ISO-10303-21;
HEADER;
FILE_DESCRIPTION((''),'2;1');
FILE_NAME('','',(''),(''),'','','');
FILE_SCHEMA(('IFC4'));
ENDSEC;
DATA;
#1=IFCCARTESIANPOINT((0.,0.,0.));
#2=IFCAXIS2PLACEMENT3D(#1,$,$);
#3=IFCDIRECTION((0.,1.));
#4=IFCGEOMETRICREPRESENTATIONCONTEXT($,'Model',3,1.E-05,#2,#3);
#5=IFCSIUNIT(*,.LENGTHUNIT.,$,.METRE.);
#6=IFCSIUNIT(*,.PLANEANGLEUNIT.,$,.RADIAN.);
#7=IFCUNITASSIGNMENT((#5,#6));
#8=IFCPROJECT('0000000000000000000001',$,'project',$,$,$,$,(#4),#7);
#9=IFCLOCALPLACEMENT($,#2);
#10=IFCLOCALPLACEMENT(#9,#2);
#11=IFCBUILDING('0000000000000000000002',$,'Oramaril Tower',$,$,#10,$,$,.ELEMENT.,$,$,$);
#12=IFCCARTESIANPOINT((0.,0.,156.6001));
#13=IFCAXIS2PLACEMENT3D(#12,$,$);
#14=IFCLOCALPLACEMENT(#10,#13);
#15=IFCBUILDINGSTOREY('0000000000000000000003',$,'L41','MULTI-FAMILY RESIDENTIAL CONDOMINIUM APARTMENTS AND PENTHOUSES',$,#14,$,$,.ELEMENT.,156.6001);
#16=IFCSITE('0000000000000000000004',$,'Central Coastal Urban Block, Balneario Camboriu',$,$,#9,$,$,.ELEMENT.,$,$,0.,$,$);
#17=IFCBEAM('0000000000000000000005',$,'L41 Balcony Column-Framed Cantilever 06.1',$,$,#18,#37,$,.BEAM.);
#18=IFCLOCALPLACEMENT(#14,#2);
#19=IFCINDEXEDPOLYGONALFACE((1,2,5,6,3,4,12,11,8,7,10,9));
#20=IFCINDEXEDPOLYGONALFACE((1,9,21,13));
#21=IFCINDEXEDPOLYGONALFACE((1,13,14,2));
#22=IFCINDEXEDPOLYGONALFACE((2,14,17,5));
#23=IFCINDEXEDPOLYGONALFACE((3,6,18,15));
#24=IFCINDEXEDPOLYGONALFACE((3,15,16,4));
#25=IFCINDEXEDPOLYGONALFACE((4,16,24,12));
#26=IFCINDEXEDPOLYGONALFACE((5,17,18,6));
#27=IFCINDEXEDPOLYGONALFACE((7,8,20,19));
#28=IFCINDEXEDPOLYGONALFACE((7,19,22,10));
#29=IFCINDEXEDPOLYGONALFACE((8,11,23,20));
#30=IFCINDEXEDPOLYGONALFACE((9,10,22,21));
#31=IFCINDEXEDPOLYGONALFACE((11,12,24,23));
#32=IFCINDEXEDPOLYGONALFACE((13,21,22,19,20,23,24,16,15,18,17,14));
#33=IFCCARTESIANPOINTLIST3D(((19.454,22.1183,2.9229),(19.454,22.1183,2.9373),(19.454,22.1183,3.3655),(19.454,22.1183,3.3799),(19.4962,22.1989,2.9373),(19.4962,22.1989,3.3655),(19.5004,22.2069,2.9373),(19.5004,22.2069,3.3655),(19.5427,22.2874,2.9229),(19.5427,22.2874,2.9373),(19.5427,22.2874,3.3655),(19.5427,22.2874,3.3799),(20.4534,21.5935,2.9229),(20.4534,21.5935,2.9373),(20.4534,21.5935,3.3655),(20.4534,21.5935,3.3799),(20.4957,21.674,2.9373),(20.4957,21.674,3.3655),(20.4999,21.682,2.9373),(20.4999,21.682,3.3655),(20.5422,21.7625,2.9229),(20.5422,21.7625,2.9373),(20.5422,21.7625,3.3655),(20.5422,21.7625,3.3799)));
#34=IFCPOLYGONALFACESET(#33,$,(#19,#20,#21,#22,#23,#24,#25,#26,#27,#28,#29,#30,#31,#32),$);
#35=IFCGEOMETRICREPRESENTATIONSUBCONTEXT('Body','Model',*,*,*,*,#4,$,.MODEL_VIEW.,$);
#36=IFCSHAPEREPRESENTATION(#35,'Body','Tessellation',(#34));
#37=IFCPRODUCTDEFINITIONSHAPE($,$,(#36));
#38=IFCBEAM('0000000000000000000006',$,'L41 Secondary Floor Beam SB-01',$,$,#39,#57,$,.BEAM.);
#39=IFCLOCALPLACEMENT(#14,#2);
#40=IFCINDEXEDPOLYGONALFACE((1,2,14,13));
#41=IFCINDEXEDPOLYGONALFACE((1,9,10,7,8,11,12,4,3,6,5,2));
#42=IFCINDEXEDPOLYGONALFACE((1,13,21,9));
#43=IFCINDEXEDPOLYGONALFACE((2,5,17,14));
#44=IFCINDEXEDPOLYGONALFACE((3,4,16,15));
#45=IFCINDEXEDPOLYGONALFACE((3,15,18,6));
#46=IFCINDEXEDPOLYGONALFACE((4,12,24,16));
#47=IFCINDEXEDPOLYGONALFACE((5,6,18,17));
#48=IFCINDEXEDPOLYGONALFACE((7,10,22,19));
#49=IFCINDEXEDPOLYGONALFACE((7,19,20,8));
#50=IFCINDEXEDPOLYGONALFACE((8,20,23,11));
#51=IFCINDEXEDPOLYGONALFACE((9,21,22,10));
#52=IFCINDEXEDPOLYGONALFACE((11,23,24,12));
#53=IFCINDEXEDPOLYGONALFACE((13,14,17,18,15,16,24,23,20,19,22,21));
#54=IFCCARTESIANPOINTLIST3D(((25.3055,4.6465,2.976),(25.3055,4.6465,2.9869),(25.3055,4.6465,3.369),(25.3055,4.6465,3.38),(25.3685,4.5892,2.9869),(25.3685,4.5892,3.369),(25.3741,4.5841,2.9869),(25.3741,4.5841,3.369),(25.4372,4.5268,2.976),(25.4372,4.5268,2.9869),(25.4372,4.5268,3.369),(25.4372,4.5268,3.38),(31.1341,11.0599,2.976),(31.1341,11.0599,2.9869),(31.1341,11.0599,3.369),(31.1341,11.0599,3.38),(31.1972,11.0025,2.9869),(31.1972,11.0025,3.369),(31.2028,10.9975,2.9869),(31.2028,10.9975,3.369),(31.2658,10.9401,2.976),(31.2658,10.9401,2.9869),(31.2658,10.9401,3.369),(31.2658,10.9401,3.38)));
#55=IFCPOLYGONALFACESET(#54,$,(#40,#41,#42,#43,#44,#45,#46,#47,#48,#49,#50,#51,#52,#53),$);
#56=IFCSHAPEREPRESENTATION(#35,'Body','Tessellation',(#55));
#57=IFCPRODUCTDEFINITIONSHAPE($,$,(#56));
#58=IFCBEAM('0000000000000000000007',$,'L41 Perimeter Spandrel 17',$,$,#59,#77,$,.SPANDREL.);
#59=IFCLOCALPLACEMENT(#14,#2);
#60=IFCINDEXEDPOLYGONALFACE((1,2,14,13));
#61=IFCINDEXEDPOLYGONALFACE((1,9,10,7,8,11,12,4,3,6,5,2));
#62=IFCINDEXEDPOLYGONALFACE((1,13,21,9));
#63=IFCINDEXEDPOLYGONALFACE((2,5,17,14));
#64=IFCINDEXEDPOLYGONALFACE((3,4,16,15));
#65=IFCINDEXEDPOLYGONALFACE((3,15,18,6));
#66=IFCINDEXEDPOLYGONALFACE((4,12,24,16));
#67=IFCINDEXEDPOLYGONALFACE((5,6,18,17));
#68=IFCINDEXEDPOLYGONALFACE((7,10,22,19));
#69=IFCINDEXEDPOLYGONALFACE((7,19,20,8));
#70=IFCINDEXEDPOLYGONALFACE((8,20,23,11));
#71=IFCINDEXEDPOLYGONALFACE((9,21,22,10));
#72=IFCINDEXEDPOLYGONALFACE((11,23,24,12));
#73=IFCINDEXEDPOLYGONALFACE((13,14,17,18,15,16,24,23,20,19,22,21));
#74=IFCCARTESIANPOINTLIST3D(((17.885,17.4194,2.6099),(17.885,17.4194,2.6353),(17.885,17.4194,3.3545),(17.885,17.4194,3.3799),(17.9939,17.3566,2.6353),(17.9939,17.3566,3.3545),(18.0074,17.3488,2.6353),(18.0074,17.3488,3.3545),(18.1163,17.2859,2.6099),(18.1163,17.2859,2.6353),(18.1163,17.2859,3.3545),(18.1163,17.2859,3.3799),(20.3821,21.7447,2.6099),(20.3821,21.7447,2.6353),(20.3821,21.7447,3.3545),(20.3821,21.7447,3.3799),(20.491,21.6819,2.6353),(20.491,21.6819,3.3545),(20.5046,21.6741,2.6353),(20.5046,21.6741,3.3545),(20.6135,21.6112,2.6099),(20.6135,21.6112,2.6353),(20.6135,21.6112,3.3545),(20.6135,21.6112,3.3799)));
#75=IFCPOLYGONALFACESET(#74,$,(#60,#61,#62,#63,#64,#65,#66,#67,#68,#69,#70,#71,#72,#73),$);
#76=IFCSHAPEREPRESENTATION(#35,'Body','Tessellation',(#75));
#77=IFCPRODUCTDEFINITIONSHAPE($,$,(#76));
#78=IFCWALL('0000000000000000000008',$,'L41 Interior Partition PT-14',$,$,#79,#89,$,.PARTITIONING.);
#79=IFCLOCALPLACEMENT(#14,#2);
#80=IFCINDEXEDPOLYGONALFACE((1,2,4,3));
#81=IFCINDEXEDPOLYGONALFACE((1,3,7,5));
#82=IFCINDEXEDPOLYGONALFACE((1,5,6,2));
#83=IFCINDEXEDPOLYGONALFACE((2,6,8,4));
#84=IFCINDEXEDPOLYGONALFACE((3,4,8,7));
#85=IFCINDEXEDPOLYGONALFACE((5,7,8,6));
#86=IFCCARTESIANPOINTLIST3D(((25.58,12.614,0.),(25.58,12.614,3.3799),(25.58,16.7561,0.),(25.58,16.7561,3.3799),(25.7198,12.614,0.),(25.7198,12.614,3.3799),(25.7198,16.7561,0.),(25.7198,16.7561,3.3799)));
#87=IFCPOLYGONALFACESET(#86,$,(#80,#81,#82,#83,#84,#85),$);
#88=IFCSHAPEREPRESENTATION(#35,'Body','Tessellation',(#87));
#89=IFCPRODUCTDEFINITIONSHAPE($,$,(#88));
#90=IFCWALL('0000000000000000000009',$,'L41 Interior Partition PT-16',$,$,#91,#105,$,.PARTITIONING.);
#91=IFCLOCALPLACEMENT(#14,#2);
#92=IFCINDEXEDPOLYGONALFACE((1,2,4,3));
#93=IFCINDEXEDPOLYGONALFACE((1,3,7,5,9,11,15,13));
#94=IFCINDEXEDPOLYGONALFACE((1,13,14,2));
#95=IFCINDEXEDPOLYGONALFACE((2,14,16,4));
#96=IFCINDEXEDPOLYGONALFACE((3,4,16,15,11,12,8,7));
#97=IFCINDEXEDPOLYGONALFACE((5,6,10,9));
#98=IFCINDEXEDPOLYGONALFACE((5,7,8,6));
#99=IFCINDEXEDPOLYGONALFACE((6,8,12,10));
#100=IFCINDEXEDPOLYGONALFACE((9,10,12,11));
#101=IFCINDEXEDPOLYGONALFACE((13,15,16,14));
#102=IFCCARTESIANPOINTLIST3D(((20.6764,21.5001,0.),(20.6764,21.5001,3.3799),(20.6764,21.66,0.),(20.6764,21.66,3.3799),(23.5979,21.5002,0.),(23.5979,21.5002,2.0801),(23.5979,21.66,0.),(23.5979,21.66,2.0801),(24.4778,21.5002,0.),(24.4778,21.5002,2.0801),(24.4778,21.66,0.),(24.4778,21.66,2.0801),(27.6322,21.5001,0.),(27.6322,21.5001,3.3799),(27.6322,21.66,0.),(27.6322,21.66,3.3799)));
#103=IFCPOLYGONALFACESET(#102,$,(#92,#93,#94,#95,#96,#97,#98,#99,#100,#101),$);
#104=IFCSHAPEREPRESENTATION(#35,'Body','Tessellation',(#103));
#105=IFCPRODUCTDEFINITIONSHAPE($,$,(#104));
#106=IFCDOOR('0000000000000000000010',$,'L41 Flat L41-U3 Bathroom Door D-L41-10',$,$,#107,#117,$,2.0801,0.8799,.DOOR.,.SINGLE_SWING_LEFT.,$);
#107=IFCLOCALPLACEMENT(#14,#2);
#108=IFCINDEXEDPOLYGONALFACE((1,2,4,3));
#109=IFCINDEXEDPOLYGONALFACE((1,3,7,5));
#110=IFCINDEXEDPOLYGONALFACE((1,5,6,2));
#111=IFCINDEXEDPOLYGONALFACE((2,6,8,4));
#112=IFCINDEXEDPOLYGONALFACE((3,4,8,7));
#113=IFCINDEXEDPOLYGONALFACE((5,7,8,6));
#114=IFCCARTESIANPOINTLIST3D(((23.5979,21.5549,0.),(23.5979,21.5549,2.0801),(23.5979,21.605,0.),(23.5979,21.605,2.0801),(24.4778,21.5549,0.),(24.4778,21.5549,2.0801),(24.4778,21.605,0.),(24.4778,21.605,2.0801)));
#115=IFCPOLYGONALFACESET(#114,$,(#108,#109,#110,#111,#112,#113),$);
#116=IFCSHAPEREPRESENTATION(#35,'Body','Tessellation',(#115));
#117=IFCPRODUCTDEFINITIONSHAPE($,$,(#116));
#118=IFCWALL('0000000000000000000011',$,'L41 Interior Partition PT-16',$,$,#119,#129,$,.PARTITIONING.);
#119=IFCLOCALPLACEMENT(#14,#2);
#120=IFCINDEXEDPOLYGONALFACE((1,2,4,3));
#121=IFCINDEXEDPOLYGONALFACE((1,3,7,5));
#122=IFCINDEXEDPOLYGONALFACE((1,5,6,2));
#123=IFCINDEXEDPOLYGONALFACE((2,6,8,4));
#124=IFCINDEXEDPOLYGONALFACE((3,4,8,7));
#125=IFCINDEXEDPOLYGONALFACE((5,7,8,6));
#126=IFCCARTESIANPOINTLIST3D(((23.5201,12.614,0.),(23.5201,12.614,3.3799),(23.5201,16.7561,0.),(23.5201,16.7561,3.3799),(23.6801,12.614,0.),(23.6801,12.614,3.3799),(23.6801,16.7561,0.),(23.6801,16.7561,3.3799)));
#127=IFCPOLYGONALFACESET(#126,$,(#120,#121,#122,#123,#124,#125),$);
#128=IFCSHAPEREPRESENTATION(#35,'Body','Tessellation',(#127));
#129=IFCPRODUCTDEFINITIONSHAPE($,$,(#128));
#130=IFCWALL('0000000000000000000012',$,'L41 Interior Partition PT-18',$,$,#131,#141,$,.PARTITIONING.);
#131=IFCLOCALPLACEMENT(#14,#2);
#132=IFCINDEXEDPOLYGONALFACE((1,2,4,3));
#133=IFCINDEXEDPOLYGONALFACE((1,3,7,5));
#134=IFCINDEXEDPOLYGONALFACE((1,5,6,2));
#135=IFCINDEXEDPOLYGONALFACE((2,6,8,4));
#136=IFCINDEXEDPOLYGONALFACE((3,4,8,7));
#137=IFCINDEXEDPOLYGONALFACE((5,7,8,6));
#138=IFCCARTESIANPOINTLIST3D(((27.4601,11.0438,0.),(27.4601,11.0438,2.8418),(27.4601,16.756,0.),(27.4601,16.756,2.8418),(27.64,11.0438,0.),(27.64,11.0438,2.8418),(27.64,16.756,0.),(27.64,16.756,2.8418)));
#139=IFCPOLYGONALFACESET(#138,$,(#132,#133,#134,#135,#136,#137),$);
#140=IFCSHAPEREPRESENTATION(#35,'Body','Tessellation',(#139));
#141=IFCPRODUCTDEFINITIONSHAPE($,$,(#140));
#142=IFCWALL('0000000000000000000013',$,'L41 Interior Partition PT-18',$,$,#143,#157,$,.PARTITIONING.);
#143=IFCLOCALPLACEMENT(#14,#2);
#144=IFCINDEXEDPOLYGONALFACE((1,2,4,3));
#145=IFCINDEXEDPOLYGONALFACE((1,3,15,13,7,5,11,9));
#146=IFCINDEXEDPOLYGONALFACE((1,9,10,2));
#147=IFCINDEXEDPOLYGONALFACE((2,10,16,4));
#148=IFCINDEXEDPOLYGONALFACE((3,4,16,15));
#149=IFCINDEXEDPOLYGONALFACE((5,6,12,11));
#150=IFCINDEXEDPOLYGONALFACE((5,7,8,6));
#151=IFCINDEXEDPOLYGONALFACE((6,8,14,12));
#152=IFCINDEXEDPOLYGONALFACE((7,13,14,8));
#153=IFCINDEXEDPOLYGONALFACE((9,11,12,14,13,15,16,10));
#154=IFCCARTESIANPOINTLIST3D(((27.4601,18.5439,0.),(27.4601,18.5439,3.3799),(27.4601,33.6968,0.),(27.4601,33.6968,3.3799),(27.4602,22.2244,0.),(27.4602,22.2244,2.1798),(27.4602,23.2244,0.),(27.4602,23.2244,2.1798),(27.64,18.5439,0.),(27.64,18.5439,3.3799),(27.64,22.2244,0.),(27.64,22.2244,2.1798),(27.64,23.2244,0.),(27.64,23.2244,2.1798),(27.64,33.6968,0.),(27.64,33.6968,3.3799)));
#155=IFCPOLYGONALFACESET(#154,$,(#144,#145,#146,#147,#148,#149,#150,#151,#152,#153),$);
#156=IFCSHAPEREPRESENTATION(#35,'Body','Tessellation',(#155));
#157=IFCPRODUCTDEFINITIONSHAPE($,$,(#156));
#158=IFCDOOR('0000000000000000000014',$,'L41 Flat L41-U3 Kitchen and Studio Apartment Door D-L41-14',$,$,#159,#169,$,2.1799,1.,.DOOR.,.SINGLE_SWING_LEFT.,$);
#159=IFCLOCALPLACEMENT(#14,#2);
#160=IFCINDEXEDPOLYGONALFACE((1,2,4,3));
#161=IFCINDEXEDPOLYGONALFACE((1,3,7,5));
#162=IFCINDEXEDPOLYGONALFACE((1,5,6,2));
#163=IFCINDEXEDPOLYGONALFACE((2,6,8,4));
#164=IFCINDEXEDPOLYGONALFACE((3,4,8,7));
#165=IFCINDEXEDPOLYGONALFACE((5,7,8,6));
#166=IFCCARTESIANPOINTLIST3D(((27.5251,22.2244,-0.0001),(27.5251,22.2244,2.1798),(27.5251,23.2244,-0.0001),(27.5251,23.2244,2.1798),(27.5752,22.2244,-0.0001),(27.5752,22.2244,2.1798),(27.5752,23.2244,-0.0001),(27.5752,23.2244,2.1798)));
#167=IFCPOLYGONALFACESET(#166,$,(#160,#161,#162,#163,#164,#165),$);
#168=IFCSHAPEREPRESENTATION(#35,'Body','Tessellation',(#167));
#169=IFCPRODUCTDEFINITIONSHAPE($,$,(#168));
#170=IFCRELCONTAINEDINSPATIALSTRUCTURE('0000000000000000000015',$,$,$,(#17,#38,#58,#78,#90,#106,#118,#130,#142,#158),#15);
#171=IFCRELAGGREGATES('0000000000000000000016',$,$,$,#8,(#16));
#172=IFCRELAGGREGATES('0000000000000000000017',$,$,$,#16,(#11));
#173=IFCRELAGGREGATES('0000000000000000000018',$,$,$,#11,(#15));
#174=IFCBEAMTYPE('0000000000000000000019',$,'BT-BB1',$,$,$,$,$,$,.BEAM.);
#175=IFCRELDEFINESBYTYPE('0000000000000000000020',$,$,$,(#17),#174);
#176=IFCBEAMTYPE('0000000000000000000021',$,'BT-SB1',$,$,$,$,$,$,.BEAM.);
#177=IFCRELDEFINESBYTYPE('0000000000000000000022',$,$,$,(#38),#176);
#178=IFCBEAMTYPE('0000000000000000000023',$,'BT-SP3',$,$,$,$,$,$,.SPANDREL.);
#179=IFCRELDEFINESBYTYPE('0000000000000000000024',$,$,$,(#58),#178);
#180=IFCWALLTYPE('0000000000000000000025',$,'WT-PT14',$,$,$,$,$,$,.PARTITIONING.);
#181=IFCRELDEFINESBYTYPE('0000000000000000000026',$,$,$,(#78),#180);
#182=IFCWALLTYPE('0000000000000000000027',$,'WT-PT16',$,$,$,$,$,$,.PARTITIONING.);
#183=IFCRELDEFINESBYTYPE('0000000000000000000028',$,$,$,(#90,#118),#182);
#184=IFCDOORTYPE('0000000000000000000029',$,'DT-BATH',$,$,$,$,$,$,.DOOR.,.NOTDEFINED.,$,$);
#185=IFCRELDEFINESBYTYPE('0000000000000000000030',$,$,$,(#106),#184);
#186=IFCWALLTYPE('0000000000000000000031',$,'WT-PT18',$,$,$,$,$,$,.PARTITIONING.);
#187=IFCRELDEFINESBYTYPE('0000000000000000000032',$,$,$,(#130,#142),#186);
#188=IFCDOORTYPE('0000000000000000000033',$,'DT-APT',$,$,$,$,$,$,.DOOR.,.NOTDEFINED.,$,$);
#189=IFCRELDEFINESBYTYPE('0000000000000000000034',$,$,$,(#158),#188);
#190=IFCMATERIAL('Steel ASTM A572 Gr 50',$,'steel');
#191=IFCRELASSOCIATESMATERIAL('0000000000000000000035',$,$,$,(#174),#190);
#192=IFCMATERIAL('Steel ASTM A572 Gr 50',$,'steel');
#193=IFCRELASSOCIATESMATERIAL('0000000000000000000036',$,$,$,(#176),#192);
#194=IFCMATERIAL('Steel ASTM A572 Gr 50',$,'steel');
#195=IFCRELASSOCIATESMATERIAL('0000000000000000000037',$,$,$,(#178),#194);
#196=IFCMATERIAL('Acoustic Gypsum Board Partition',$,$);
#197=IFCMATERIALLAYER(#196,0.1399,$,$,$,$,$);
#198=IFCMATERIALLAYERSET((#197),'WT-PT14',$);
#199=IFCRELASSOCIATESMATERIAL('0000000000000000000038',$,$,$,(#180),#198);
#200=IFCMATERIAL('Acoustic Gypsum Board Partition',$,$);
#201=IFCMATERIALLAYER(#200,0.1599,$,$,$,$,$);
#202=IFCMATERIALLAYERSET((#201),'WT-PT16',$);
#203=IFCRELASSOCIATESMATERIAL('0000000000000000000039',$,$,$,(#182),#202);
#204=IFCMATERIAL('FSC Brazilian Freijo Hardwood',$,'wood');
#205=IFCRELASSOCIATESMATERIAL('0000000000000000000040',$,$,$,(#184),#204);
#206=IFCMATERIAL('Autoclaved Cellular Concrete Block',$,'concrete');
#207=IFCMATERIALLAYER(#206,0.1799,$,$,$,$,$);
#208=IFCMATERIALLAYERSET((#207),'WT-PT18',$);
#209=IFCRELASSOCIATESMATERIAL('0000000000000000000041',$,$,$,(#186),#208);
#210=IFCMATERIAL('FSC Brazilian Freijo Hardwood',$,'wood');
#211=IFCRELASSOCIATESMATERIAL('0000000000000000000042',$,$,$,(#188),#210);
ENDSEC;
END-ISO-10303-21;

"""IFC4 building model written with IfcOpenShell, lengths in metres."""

from ifc_helpers import new_model, si_unit, direction, frame, frame_2d, origin, origin_2d, place, context, subcontext, project, spatial, rectangle, i_section, extrude, material, layer, layer_set, material_profile, profile_set, type_object, element, fill, save


model = new_model("IFC4")

# Units and contexts
model_context = context("Model", 3, precision=1e-05, world=origin(), true_north=direction((0.0, 1.0)))
body_context = subcontext(model_context, "Body", "Model", "MODEL_VIEW")
ifc_project = project(units=[si_unit("LENGTHUNIT", "METRE"), si_unit("PLANEANGLEUNIT", "RADIAN")], contexts=[model_context])

# Site, building, storey
site_placement = place(None, origin())
site = spatial("IfcSite", under=ifc_project, at=site_placement, Name="Central Coastal Urban Block, Balneario Camboriu", CompositionType="ELEMENT", RefElevation=0.0)
building_placement = place(site_placement, origin())
building = spatial("IfcBuilding", under=site, at=building_placement, Name="Oramaril Tower", CompositionType="ELEMENT")
storey_placement = place(building_placement, frame((0.0, 0.0, 156.6001)))
storey = spatial("IfcBuildingStorey", under=building, at=storey_placement, Name="L41", Description="MULTI-FAMILY RESIDENTIAL CONDOMINIUM APARTMENTS AND PENTHOUSES", CompositionType="ELEMENT", Elevation=156.6001)

# Beams
ifc_material_1 = material(Name="Steel ASTM A572 Gr 50", Category="steel")
ifc_material_profile_1 = material_profile(ifc_material_1, i_section(OverallWidth=0.1909, OverallDepth=0.457, WebThickness=0.009, FlangeThickness=0.0144, at=origin_2d()), Name="W18X50")
ifc_profile_set_1 = profile_set([ifc_material_profile_1], Name="Steel ASTM A572 Gr 50")
beam_type_1 = type_object("IfcBeamType", Name="BT-BB1", PredefinedType="BEAM", material=ifc_profile_set_1)
beam_1_placement = place(storey_placement, frame((20.4978, 21.678, 3.1514), z_axis=(-0.88534, 0.464944, 0.0), x_axis=(-0.464944, -0.88534, 0.0)))
element("IfcBeam", 1, at=beam_1_placement, inside=storey, type_object=beam_type_1, Name="L41 Balcony Column-Framed Cantilever 06.1", PredefinedType="BEAM", context=body_context, shape_type="SweptSolid", body=[
    extrude(i_section(OverallWidth=0.1909, OverallDepth=0.457, WebThickness=0.009, FlangeThickness=0.0144, at=origin_2d()), origin(), (0.0, 0.0, 1.0), 1.1289),
])
ifc_material_2 = material(Name="Steel ASTM A572 Gr 50", Category="steel")
ifc_material_profile_2 = material_profile(ifc_material_2, i_section(OverallWidth=0.178, OverallDepth=0.4041, WebThickness=0.0076, FlangeThickness=0.011, at=origin_2d()), Name="W16X36")
ifc_profile_set_2 = profile_set([ifc_material_profile_2], Name="Steel ASTM A572 Gr 50")
beam_type_2 = type_object("IfcBeamType", Name="BT-SB1", PredefinedType="BEAM", material=ifc_profile_set_2)
beam_2_placement = place(storey_placement, frame((31.2, 11.0, 3.178), z_axis=(-0.672566, -0.740037, 0.0), x_axis=(0.740037, -0.672566, 0.0)))
element("IfcBeam", 2, at=beam_2_placement, inside=storey, type_object=beam_type_2, Name="L41 Secondary Floor Beam SB-01", PredefinedType="BEAM", context=body_context, shape_type="SweptSolid", body=[
    extrude(i_section(OverallWidth=0.178, OverallDepth=0.4041, WebThickness=0.0076, FlangeThickness=0.011, at=origin_2d()), origin(), (0.0, 0.0, 1.0), 8.6663),
])
ifc_material_3 = material(Name="Steel ASTM A572 Gr 50", Category="steel")
ifc_material_profile_3 = material_profile(ifc_material_3, i_section(OverallWidth=0.2671, OverallDepth=0.77, WebThickness=0.0156, FlangeThickness=0.0254, at=origin_2d()), Name="W30X132")
ifc_profile_set_3 = profile_set([ifc_material_profile_3], Name="Steel ASTM A572 Gr 50")
beam_type_3 = type_object("IfcBeamType", Name="BT-SP3", PredefinedType="SPANDREL", material=ifc_profile_set_3)
beam_3_placement = place(storey_placement, frame((20.4978, 21.678, 2.9949), z_axis=(-0.499988, -0.866033, 0.0), x_axis=(0.866033, -0.499988, 0.0)))
element("IfcBeam", 3, at=beam_3_placement, inside=storey, type_object=beam_type_3, Name="L41 Perimeter Spandrel 17", PredefinedType="SPANDREL", context=body_context, shape_type="SweptSolid", body=[
    extrude(i_section(OverallWidth=0.2671, OverallDepth=0.77, WebThickness=0.0156, FlangeThickness=0.0254, at=origin_2d()), origin(), (0.0, 0.0, 1.0), 4.9944),
])

# Wall
ifc_material_4 = material(Name="Acoustic Gypsum Board Partition")
ifc_layer_1 = layer(ifc_material_4, 0.1399)
ifc_layer_set_1 = layer_set([ifc_layer_1], Name="WT-PT14")
wall_type_1 = type_object("IfcWallType", Name="WT-PT14", PredefinedType="PARTITIONING", material=ifc_layer_set_1)
wall_1_placement = place(storey_placement, frame((25.6499, 12.614, 0.0), z_axis=(0.0, 0.0, 1.0), x_axis=(0.0, 1.0, 0.0)))
element("IfcWall", 4, at=wall_1_placement, inside=storey, type_object=wall_type_1, Name="L41 Interior Partition PT-14", PredefinedType="PARTITIONING", context=body_context, shape_type="SweptSolid", body=[
    extrude(rectangle(XDim=4.1421, YDim=0.1399, at=frame_2d((2.071, 0.0))), origin(), (0.0, 0.0, 1.0), 3.3799),
])

# Wall, opening, door
ifc_material_5 = material(Name="Acoustic Gypsum Board Partition")
ifc_layer_2 = layer(ifc_material_5, 0.1599)
ifc_layer_set_2 = layer_set([ifc_layer_2], Name="WT-PT16")
wall_type_2 = type_object("IfcWallType", Name="WT-PT16", PredefinedType="PARTITIONING", material=ifc_layer_set_2)
wall_2_placement = place(storey_placement, frame((20.6763, 21.5801, 0.0), z_axis=(0.0, 0.0, 1.0), x_axis=(1.0, 0.0, 0.0)))
wall_2 = element("IfcWall", 5, at=wall_2_placement, inside=storey, type_object=wall_type_2, Name="L41 Interior Partition PT-16", PredefinedType="PARTITIONING", context=body_context, shape_type="SweptSolid", body=[
    extrude(rectangle(XDim=6.9558, YDim=0.1599, at=frame_2d((3.478, 0.0))), origin(), (0.0, 0.0, 1.0), 3.3799),
])
opening_1_placement = place(wall_2_placement, frame((2.9216, 0.0, 0.0)))
opening_1 = element("IfcOpeningElement", 6, at=opening_1_placement, cuts=wall_2, PredefinedType="OPENING", context=body_context, shape_type="SweptSolid", body=[
    extrude(rectangle(XDim=0.8799, YDim=2.0801, at=frame_2d((0.4399, 1.04))), frame((0.0, 0.0801, 0.0), z_axis=(0.0, -1.0, 0.0), x_axis=(1.0, 0.0, 0.0)), (0.0, 0.0, 1.0), 0.1599),
])
ifc_material_6 = material(Name="FSC Brazilian Freijo Hardwood", Category="wood")
door_type_1 = type_object("IfcDoorType", Name="DT-BATH", OperationType="NOTDEFINED", PredefinedType="DOOR", material=ifc_material_6)
door_1_placement = place(opening_1_placement, origin())
door_1 = element("IfcDoor", 7, at=door_1_placement, inside=storey, type_object=door_type_1, Name="L41 Flat L41-U3 Bathroom Door D-L41-10", OperationType="SINGLE_SWING_LEFT", OverallHeight=2.0801, OverallWidth=0.8799, PredefinedType="DOOR", context=body_context, shape_type="SweptSolid", body=[
    extrude(rectangle(XDim=0.8799, YDim=2.0801, at=frame_2d((0.4399, 1.04))), frame((0.0, 0.0249, 0.0), z_axis=(0.0, -1.0, 0.0), x_axis=(1.0, 0.0, 0.0)), (0.0, 0.0, 1.0), 0.05),
])
fill(opening_1, door_1)

# Walls
wall_3_placement = place(storey_placement, frame((23.6001, 12.614, 0.0), z_axis=(0.0, 0.0, 1.0), x_axis=(0.0, 1.0, 0.0)))
element("IfcWall", 8, at=wall_3_placement, inside=storey, type_object=wall_type_2, Name="L41 Interior Partition PT-16", PredefinedType="PARTITIONING", context=body_context, shape_type="SweptSolid", body=[
    extrude(rectangle(XDim=4.1421, YDim=0.1599, at=frame_2d((2.071, 0.0))), origin(), (0.0, 0.0, 1.0), 3.3799),
])
ifc_material_7 = material(Name="Autoclaved Cellular Concrete Block", Category="concrete")
ifc_layer_3 = layer(ifc_material_7, 0.1799)
ifc_layer_set_3 = layer_set([ifc_layer_3], Name="WT-PT18")
wall_type_3 = type_object("IfcWallType", Name="WT-PT18", PredefinedType="PARTITIONING", material=ifc_layer_set_3)
wall_4_placement = place(storey_placement, frame((27.55, 11.0439, 0.0), z_axis=(0.0, 0.0, 1.0), x_axis=(0.0, 1.0, 0.0)))
element("IfcWall", 9, at=wall_4_placement, inside=storey, type_object=wall_type_3, Name="L41 Interior Partition PT-18", PredefinedType="PARTITIONING", context=body_context, shape_type="SweptSolid", body=[
    extrude(rectangle(XDim=5.7122, YDim=0.1799, at=frame_2d((2.856, 0.0))), origin(), (0.0, 0.0, 1.0), 2.8418),
])

# Wall, opening, door
wall_5_placement = place(storey_placement, frame((27.55, 18.5439, 0.0), z_axis=(0.0, 0.0, 1.0), x_axis=(0.0, 1.0, 0.0)))
wall_5 = element("IfcWall", 10, at=wall_5_placement, inside=storey, type_object=wall_type_3, Name="L41 Interior Partition PT-18", PredefinedType="PARTITIONING", context=body_context, shape_type="SweptSolid", body=[
    extrude(rectangle(XDim=15.1528, YDim=0.1799, at=frame_2d((7.5764, 0.0))), origin(), (0.0, 0.0, 1.0), 3.3799),
])
opening_2_placement = place(wall_5_placement, frame((3.6804, 0.0, 0.0)))
opening_2 = element("IfcOpeningElement", 11, at=opening_2_placement, cuts=wall_5, PredefinedType="OPENING", context=body_context, shape_type="SweptSolid", body=[
    extrude(rectangle(XDim=1.0, YDim=2.1799, at=frame_2d((0.5, 1.0898))), frame((0.0, 0.0898, 0.0), z_axis=(0.0, -1.0, 0.0), x_axis=(1.0, 0.0, 0.0)), (0.0, 0.0, 1.0), 0.1799),
])
ifc_material_8 = material(Name="FSC Brazilian Freijo Hardwood", Category="wood")
door_type_2 = type_object("IfcDoorType", Name="DT-APT", OperationType="NOTDEFINED", PredefinedType="DOOR", material=ifc_material_8)
door_2_placement = place(opening_2_placement, origin())
door_2 = element("IfcDoor", 12, at=door_2_placement, inside=storey, type_object=door_type_2, Name="L41 Flat L41-U3 Kitchen and Studio Apartment Door D-L41-14", OperationType="SINGLE_SWING_LEFT", OverallHeight=2.1799, OverallWidth=1.0, PredefinedType="DOOR", context=body_context, shape_type="SweptSolid", body=[
    extrude(rectangle(XDim=1.0, YDim=2.1799, at=frame_2d((0.5, 1.0898))), frame((0.0, 0.0249, 0.0), z_axis=(0.0, -1.0, 0.0), x_axis=(1.0, 0.0, 0.0)), (0.0, 0.0, 1.0), 0.05),
])
fill(opening_2, door_2)

save(model, "model.ifc")
